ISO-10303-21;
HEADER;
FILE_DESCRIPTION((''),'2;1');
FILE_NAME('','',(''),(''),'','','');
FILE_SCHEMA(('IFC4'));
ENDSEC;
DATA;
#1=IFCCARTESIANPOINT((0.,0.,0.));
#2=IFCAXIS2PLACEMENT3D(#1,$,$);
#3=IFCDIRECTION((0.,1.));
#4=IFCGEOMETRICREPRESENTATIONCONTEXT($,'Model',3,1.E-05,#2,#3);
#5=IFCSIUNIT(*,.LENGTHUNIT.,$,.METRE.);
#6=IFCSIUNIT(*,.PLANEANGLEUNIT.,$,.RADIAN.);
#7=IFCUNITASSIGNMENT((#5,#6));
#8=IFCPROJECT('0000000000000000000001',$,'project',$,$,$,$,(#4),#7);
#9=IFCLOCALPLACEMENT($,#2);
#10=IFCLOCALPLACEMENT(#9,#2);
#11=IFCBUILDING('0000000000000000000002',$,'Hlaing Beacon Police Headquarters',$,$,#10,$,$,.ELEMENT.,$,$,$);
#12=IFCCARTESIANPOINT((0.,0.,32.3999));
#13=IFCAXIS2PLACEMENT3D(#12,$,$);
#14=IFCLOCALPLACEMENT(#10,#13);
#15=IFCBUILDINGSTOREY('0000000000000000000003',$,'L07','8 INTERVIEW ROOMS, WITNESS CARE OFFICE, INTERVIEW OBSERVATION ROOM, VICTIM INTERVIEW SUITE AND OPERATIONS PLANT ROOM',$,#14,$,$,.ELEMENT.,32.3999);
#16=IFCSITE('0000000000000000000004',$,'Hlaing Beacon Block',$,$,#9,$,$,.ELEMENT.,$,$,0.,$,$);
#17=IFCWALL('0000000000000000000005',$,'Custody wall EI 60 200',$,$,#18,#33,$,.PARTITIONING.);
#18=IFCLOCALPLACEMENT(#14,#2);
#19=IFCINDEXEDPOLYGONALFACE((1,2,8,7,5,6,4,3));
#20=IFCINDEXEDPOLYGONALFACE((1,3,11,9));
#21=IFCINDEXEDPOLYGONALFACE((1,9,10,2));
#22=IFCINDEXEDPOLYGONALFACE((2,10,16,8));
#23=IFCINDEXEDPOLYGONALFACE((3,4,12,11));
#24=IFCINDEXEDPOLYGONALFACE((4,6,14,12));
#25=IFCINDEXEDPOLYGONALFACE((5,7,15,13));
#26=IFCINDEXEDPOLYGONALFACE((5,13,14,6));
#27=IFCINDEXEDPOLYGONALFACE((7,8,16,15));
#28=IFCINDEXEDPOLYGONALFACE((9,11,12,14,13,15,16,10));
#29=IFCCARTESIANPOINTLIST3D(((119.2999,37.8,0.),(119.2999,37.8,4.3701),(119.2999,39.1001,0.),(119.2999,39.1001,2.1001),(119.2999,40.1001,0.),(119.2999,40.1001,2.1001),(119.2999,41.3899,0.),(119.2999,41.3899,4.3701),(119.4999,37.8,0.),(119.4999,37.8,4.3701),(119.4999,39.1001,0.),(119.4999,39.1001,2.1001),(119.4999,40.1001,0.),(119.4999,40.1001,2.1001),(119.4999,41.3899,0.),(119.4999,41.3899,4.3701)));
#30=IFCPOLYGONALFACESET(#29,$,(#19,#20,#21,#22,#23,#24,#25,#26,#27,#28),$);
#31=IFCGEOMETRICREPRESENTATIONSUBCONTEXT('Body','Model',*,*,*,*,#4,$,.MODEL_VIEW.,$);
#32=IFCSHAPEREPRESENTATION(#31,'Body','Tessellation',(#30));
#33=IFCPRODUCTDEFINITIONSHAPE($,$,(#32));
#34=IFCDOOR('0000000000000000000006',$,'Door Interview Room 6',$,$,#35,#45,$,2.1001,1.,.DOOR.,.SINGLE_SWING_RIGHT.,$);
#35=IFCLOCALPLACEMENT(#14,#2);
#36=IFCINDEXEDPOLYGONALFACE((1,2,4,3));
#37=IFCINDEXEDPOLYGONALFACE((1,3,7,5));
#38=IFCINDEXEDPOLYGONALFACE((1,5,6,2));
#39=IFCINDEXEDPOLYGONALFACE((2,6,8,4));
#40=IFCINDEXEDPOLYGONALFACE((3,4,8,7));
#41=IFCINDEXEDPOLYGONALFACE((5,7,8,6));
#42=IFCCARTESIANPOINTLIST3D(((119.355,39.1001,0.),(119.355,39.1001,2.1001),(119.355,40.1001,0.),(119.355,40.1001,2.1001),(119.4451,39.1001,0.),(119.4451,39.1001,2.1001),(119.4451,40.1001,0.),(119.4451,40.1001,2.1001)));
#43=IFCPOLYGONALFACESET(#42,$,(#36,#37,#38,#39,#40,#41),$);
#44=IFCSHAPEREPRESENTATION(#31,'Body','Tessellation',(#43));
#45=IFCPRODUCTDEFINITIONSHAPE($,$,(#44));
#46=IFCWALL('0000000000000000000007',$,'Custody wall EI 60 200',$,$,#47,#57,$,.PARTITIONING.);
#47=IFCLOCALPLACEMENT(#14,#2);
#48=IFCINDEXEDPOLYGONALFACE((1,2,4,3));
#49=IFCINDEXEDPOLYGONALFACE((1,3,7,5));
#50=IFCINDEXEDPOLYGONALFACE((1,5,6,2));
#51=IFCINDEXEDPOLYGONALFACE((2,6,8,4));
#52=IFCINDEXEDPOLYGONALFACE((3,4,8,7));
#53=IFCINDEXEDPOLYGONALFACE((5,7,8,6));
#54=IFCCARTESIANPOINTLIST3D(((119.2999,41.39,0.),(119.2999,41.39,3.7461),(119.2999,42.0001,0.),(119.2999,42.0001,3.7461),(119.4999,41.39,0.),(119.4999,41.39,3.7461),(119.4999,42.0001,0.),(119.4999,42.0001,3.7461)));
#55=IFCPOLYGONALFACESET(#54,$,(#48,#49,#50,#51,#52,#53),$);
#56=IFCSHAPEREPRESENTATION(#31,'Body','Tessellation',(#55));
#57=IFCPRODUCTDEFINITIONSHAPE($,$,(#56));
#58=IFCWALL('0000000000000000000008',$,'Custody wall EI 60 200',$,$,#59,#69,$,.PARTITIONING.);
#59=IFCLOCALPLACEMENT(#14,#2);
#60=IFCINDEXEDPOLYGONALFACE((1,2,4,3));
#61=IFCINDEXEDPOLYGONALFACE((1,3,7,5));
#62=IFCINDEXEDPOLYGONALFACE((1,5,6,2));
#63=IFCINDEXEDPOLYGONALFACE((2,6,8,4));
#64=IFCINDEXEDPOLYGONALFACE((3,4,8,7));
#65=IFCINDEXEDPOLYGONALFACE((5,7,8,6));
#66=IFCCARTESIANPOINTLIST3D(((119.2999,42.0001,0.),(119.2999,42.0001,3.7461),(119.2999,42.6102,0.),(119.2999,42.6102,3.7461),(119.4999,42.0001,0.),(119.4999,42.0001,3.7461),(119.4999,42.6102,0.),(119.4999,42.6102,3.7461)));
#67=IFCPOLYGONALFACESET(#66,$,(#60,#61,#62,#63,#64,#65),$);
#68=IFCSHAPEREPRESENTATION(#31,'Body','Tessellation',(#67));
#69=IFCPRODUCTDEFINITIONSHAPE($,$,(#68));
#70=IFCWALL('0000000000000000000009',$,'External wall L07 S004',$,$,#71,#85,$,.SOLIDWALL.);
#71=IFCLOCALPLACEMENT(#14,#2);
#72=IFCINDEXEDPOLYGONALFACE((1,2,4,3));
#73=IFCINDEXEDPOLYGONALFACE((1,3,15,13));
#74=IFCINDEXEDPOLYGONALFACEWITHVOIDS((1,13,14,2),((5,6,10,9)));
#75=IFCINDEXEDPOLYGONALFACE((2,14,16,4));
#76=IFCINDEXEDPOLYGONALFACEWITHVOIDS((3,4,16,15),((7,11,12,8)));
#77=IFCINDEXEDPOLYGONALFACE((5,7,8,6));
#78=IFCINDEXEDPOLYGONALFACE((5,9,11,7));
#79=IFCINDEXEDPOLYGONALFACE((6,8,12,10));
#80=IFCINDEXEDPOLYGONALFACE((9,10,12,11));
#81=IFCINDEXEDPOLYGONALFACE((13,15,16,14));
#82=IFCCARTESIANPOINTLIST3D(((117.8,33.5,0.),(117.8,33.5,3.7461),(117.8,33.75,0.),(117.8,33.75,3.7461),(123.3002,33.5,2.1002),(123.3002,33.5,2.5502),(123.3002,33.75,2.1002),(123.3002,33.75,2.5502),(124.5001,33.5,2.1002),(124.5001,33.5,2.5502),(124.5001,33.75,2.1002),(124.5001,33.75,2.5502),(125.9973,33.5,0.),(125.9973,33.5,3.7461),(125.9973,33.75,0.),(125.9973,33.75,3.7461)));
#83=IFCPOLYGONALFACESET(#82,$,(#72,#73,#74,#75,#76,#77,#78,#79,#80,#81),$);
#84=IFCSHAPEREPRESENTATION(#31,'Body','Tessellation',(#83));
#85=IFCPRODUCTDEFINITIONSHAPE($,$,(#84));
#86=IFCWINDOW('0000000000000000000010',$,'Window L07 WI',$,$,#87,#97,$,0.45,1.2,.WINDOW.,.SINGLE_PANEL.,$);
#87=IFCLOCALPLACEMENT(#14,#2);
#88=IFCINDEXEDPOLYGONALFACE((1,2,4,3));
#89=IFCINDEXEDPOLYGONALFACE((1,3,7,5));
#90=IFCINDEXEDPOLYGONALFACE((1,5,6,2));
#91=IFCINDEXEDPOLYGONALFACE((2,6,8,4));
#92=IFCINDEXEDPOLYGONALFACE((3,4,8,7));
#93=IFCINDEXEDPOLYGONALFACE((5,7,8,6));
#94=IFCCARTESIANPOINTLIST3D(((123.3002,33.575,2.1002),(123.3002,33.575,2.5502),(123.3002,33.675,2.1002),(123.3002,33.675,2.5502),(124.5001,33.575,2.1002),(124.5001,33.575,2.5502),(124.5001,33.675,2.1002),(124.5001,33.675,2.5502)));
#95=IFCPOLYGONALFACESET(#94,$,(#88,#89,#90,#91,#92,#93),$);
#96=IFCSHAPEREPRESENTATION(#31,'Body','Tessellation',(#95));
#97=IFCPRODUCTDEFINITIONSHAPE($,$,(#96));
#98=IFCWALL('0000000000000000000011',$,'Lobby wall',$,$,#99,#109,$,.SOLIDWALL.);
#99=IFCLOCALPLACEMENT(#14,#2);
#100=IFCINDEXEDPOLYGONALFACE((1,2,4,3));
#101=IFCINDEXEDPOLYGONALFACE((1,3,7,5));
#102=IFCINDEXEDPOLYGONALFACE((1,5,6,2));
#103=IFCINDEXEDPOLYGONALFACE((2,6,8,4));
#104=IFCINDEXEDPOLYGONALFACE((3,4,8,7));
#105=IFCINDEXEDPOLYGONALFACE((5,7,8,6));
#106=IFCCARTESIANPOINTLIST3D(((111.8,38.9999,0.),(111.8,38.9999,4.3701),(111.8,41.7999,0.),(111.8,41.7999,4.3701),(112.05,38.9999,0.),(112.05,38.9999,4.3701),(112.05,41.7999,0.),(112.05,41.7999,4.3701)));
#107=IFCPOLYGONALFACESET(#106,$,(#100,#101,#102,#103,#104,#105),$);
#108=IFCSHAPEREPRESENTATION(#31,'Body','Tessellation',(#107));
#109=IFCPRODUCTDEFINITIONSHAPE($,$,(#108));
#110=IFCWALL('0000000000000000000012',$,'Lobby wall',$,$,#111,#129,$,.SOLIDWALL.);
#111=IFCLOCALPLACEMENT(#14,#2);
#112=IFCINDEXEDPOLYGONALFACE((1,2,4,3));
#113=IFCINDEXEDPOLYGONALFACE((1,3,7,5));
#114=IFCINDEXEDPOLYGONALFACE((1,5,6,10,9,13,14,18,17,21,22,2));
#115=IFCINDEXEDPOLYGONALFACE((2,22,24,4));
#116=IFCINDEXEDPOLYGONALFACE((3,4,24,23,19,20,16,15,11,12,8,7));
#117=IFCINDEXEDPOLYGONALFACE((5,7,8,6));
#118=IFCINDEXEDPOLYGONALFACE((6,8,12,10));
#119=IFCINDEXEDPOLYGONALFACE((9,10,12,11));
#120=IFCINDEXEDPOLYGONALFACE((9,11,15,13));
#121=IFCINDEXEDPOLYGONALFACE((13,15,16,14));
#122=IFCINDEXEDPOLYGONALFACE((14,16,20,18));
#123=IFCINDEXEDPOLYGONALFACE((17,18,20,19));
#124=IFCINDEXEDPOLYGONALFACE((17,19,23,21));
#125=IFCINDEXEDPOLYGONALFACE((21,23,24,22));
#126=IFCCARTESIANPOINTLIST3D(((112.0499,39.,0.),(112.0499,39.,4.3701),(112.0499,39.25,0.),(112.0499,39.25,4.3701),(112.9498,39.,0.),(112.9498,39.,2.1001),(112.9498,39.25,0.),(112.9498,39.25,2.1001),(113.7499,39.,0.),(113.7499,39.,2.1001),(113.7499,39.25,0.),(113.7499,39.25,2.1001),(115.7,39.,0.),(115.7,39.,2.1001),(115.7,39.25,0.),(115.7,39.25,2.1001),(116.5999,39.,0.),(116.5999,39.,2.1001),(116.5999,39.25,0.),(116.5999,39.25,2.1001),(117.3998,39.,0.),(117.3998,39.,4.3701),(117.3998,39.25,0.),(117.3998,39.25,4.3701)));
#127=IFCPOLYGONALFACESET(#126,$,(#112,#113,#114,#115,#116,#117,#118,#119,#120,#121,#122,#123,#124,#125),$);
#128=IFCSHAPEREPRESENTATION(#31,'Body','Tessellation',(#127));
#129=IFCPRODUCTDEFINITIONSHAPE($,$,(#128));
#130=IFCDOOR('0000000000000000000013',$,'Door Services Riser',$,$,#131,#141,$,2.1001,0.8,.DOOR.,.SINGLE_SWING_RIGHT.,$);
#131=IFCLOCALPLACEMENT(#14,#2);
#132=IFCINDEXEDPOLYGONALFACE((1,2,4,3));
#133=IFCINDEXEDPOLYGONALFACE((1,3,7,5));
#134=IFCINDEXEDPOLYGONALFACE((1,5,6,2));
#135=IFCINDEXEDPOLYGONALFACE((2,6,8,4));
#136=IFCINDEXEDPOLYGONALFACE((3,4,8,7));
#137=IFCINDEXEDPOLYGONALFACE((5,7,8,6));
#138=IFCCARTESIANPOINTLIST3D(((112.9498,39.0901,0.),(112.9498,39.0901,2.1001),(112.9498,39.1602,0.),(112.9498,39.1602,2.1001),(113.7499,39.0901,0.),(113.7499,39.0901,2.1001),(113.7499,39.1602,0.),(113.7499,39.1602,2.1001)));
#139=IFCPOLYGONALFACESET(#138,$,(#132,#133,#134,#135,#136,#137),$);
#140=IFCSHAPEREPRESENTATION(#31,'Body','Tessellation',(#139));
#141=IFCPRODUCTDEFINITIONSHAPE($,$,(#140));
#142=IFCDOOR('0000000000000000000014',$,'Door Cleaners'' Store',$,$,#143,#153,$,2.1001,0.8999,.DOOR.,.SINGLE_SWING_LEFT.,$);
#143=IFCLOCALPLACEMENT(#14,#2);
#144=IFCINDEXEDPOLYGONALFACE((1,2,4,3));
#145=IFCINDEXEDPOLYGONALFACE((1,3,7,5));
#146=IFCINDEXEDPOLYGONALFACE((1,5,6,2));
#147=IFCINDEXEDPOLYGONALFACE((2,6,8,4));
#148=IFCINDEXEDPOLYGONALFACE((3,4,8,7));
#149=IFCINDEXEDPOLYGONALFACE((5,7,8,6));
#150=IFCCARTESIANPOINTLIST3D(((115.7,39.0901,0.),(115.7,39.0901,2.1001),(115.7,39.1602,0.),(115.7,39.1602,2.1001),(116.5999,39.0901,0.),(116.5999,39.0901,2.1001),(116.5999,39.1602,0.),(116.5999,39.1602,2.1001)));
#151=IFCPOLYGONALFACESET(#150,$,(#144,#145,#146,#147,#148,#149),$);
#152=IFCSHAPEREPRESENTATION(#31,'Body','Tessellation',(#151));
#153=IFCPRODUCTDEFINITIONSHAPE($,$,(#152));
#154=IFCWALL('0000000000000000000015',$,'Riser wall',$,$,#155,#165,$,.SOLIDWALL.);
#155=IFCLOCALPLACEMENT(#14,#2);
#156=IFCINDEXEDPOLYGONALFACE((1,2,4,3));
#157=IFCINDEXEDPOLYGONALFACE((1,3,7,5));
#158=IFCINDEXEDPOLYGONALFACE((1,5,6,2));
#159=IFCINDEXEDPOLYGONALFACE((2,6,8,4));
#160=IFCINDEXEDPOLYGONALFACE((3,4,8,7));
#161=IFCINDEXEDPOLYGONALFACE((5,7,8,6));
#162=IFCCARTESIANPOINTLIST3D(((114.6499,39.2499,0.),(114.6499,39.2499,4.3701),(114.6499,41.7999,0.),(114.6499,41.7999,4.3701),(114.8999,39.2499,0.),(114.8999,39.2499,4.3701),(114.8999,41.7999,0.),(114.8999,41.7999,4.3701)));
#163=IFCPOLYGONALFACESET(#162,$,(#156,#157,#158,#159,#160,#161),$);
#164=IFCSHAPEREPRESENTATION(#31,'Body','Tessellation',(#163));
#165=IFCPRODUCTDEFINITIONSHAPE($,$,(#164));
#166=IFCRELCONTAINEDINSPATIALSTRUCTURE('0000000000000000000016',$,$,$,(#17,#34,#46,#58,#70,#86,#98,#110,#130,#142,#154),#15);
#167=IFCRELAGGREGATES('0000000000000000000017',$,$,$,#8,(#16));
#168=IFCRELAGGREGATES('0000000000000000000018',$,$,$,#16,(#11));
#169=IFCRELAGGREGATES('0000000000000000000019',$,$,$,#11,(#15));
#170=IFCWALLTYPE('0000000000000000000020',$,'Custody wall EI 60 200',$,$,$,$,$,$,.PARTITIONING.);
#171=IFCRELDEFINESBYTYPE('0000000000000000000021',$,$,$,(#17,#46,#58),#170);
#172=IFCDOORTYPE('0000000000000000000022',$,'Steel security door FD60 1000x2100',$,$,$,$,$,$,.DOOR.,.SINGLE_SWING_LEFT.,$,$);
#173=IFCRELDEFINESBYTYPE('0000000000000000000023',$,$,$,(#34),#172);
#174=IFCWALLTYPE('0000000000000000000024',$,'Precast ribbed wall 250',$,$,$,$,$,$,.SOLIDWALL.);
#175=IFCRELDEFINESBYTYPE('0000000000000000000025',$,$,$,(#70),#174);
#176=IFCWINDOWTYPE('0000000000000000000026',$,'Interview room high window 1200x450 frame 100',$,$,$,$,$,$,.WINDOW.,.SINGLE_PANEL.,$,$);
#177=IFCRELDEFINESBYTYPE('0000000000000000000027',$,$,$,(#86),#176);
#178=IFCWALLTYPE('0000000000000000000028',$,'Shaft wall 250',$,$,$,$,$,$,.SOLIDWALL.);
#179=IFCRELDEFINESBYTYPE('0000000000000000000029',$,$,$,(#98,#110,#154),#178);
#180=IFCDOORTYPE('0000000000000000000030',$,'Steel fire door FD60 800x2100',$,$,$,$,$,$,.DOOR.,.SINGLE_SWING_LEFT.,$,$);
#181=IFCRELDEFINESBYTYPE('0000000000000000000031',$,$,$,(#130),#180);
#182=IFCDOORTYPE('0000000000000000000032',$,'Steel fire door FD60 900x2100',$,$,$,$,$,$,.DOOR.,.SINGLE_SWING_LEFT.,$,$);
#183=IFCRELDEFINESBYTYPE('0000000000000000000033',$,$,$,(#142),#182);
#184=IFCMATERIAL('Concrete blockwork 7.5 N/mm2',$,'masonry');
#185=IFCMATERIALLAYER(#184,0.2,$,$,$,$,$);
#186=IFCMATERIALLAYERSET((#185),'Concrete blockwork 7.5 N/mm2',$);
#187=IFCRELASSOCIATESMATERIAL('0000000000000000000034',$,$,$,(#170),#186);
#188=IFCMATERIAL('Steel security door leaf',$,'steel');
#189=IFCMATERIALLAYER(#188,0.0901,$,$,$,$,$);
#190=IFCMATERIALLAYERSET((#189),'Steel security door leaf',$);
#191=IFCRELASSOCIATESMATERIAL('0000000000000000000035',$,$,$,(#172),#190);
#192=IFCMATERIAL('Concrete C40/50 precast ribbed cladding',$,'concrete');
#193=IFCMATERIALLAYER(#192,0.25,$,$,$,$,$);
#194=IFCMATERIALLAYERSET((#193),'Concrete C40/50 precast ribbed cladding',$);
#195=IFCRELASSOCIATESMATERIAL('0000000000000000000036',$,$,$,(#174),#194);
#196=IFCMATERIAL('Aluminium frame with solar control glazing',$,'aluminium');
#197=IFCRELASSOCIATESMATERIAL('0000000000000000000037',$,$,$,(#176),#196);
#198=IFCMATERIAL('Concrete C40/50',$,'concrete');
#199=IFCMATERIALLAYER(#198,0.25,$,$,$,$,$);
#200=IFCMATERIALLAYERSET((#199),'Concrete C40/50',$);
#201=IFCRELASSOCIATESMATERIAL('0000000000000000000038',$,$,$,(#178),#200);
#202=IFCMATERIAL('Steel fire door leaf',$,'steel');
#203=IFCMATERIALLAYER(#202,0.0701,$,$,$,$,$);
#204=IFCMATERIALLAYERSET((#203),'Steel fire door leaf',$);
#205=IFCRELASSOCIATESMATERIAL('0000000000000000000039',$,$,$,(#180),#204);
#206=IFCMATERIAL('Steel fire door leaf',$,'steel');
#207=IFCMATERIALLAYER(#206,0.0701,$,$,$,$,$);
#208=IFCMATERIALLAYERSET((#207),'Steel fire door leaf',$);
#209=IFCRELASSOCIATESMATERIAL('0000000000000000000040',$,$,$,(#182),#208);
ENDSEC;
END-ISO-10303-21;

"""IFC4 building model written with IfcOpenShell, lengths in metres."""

from ifc_helpers import new_model, si_unit, direction, frame, frame_2d, origin, place, context, subcontext, project, spatial, rectangle, extrude, material, layer, layer_set, type_object, element, fill, save


model = new_model("IFC4")

# Units and contexts
model_context = context("Model", 3, precision=1e-05, world=origin(), true_north=direction((0.0, 1.0)))
body_context = subcontext(model_context, "Body", "Model", "MODEL_VIEW")
ifc_project = project(units=[si_unit("LENGTHUNIT", "METRE"), si_unit("PLANEANGLEUNIT", "RADIAN")], contexts=[model_context])

# Site, building, storey
site_placement = place(None, origin())
site = spatial("IfcSite", under=ifc_project, at=site_placement, Name="Hlaing Beacon Block", CompositionType="ELEMENT", RefElevation=0.0)
building_placement = place(site_placement, origin())
building = spatial("IfcBuilding", under=site, at=building_placement, Name="Hlaing Beacon Police Headquarters", CompositionType="ELEMENT")
storey_placement = place(building_placement, frame((0.0, 0.0, 32.3999)))
storey = spatial("IfcBuildingStorey", under=building, at=storey_placement, Name="L07", Description="8 INTERVIEW ROOMS, WITNESS CARE OFFICE, INTERVIEW OBSERVATION ROOM, VICTIM INTERVIEW SUITE AND OPERATIONS PLANT ROOM", CompositionType="ELEMENT", Elevation=32.3999)

# Wall, opening, door
ifc_material_1 = material(Name="Concrete blockwork 7.5 N/mm2", Category="masonry")
ifc_layer_1 = layer(ifc_material_1, 0.2)
ifc_layer_set_1 = layer_set([ifc_layer_1], Name="Concrete blockwork 7.5 N/mm2")
wall_type_1 = type_object("IfcWallType", Name="Custody wall EI 60 200", PredefinedType="PARTITIONING", material=ifc_layer_set_1)
ifc_material_2 = material(Name="Steel security door leaf", Category="steel")
ifc_layer_2 = layer(ifc_material_2, 0.0901)
ifc_layer_set_2 = layer_set([ifc_layer_2], Name="Steel security door leaf")
door_type_1 = type_object("IfcDoorType", Name="Steel security door FD60 1000x2100", OperationType="SINGLE_SWING_LEFT", PredefinedType="DOOR", material=ifc_layer_set_2)
wall_1_placement = place(storey_placement, frame((119.3999, 37.8, 0.0), z_axis=(0.0, 0.0, 1.0), x_axis=(0.0, 1.0, 0.0)))
wall_1 = element("IfcWall", 1, at=wall_1_placement, inside=storey, type_object=wall_type_1, Name="Custody wall EI 60 200", PredefinedType="PARTITIONING", context=body_context, shape_type="SweptSolid", body=[
    extrude(rectangle(XDim=3.5898, YDim=0.2, at=frame_2d((1.7949, 0.0))), origin(), (0.0, 0.0, 1.0), 4.3701),
])
opening_1_placement = place(wall_1_placement, frame((1.3, 0.0, 0.0)))
opening_1 = element("IfcOpeningElement", 2, at=opening_1_placement, cuts=wall_1, PredefinedType="OPENING", context=body_context, shape_type="SweptSolid", body=[
    extrude(rectangle(XDim=1.0, YDim=2.1001, at=frame_2d((0.5, 1.05))), frame((0.0, 0.1099, 0.0), z_axis=(0.0, -1.0, 0.0), x_axis=(1.0, 0.0, 0.0)), (0.0, 0.0, 1.0), 0.22),
])
door_1_placement = place(opening_1_placement, frame((1.0, 0.0, 0.0), z_axis=(0.0, 0.0, 1.0), x_axis=(-1.0, 0.0, 0.0)))
door_1 = element("IfcDoor", 3, at=door_1_placement, inside=storey, type_object=door_type_1, Name="Door Interview Room 6", OperationType="SINGLE_SWING_RIGHT", OverallHeight=2.1001, OverallWidth=1.0, PredefinedType="DOOR", context=body_context, shape_type="SweptSolid", body=[
    extrude(rectangle(XDim=1.0, YDim=2.1001, at=frame_2d((0.5, 1.05))), frame((0.0, 0.0452, 0.0), z_axis=(0.0, -1.0, 0.0), x_axis=(1.0, 0.0, 0.0)), (0.0, 0.0, 1.0), 0.0901),
])
fill(opening_1, door_1)

# Walls
for number, where, z_axis, x_axis, name in (
    (4, (119.3999, 41.3899, 0.0), (0.0, 0.0, 1.0), (0.0, 1.0, 0.0), "Custody wall EI 60 200"),
    (5, (119.3999, 42.0, 0.0), (0.0, 0.0, 1.0), (0.0, 1.0, 0.0), "Custody wall EI 60 200"),
):
    element("IfcWall", number, at=place(storey_placement, frame(where, z_axis=z_axis, x_axis=x_axis)), inside=storey, type_object=wall_type_1, Name=name, PredefinedType="PARTITIONING", context=body_context, shape_type="SweptSolid", body=[
        extrude(rectangle(XDim=0.6101, YDim=0.2, at=frame_2d((0.3052, 0.0))), origin(), (0.0, 0.0, 1.0), 3.7461),
    ])

# Wall, opening, window
ifc_material_3 = material(Name="Concrete C40/50 precast ribbed cladding", Category="concrete")
ifc_layer_3 = layer(ifc_material_3, 0.25)
ifc_layer_set_3 = layer_set([ifc_layer_3], Name="Concrete C40/50 precast ribbed cladding")
wall_type_2 = type_object("IfcWallType", Name="Precast ribbed wall 250", PredefinedType="SOLIDWALL", material=ifc_layer_set_3)
wall_2_placement = place(storey_placement, frame((117.8, 33.625, 0.0), z_axis=(0.0, 0.0, 1.0), x_axis=(1.0, 0.0, 0.0)))
wall_2 = element("IfcWall", 6, at=wall_2_placement, inside=storey, type_object=wall_type_2, Name="External wall L07 S004", PredefinedType="SOLIDWALL", context=body_context, shape_type="SweptSolid", body=[
    extrude(rectangle(XDim=8.1973, YDim=0.25, at=frame_2d((4.0986, 0.0))), origin(), (0.0, 0.0, 1.0), 3.7461),
])
opening_2_placement = place(wall_2_placement, frame((5.5, 0.0, 2.1001)))
opening_2 = element("IfcOpeningElement", 7, at=opening_2_placement, cuts=wall_2, PredefinedType="OPENING", context=body_context, shape_type="SweptSolid", body=[
    extrude(rectangle(XDim=1.2, YDim=0.45, at=frame_2d((0.6001, 0.2251))), frame((0.0, 0.135, 0.0), z_axis=(0.0, -1.0, 0.0), x_axis=(1.0, 0.0, 0.0)), (0.0, 0.0, 1.0), 0.27),
])
ifc_material_4 = material(Name="Aluminium frame with solar control glazing", Category="aluminium")
window_type = type_object("IfcWindowType", Name="Interview room high window 1200x450 frame 100", PartitioningType="SINGLE_PANEL", PredefinedType="WINDOW", material=ifc_material_4)
window_placement = place(opening_2_placement, origin())
window = element("IfcWindow", 8, at=window_placement, inside=storey, type_object=window_type, Name="Window L07 WI", OverallHeight=0.45, OverallWidth=1.2, PartitioningType="SINGLE_PANEL", PredefinedType="WINDOW", context=body_context, shape_type="SweptSolid", body=[
    extrude(rectangle(XDim=1.2, YDim=0.45, at=frame_2d((0.6001, 0.2251))), frame((0.0, 0.05, 0.0), z_axis=(0.0, -1.0, 0.0), x_axis=(1.0, 0.0, 0.0)), (0.0, 0.0, 1.0), 0.1001),
])
fill(opening_2, window)

# Wall
ifc_material_5 = material(Name="Concrete C40/50", Category="concrete")
ifc_layer_4 = layer(ifc_material_5, 0.25)
ifc_layer_set_4 = layer_set([ifc_layer_4], Name="Concrete C40/50")
wall_type_3 = type_object("IfcWallType", Name="Shaft wall 250", PredefinedType="SOLIDWALL", material=ifc_layer_set_4)
wall_3_placement = place(storey_placement, frame((111.925, 39.0, 0.0), z_axis=(0.0, 0.0, 1.0), x_axis=(0.0, 1.0, 0.0)))
element("IfcWall", 9, at=wall_3_placement, inside=storey, type_object=wall_type_3, Name="Lobby wall", PredefinedType="SOLIDWALL", context=body_context, shape_type="SweptSolid", body=[
    extrude(rectangle(XDim=2.8, YDim=0.25, at=frame_2d((1.3999, 0.0))), origin(), (0.0, 0.0, 1.0), 4.3701),
])

# Wall, openings, doors
wall_4_placement = place(storey_placement, frame((112.05, 39.125, 0.0), z_axis=(0.0, 0.0, 1.0), x_axis=(1.0, 0.0, 0.0)))
wall_4 = element("IfcWall", 10, at=wall_4_placement, inside=storey, type_object=wall_type_3, Name="Lobby wall", PredefinedType="SOLIDWALL", context=body_context, shape_type="SweptSolid", body=[
    extrude(rectangle(XDim=5.3499, YDim=0.25, at=frame_2d((2.6748, 0.0))), origin(), (0.0, 0.0, 1.0), 4.3701),
])
opening_3_placement = place(wall_4_placement, frame((3.6499, 0.0, 0.0)))
opening_3 = element("IfcOpeningElement", 11, at=opening_3_placement, cuts=wall_4, PredefinedType="OPENING", context=body_context, shape_type="SweptSolid", body=[
    extrude(rectangle(XDim=0.8999, YDim=2.1001, at=frame_2d((0.45, 1.05))), frame((0.0, 0.135, 0.0), z_axis=(0.0, -1.0, 0.0), x_axis=(1.0, 0.0, 0.0)), (0.0, 0.0, 1.0), 0.27),
])
opening_4_placement = place(wall_4_placement, frame((0.8999, 0.0, 0.0)))
opening_4 = element("IfcOpeningElement", 12, at=opening_4_placement, cuts=wall_4, PredefinedType="OPENING", context=body_context, shape_type="SweptSolid", body=[
    extrude(rectangle(XDim=0.8, YDim=2.1001, at=frame_2d((0.3999, 1.05))), frame((0.0, 0.135, 0.0), z_axis=(0.0, -1.0, 0.0), x_axis=(1.0, 0.0, 0.0)), (0.0, 0.0, 1.0), 0.27),
])
ifc_material_6 = material(Name="Steel fire door leaf", Category="steel")
ifc_layer_5 = layer(ifc_material_6, 0.0701)
ifc_layer_set_5 = layer_set([ifc_layer_5], Name="Steel fire door leaf")
door_type_2 = type_object("IfcDoorType", Name="Steel fire door FD60 800x2100", OperationType="SINGLE_SWING_LEFT", PredefinedType="DOOR", material=ifc_layer_set_5)
door_2_placement = place(opening_4_placement, origin())
door_2 = element("IfcDoor", 13, at=door_2_placement, inside=storey, type_object=door_type_2, Name="Door Services Riser", OperationType="SINGLE_SWING_RIGHT", OverallHeight=2.1001, OverallWidth=0.8, PredefinedType="DOOR", context=body_context, shape_type="SweptSolid", body=[
    extrude(rectangle(XDim=0.8, YDim=2.1001, at=frame_2d((0.3999, 1.05))), frame((0.0, 0.0352, 0.0), z_axis=(0.0, -1.0, 0.0), x_axis=(1.0, 0.0, 0.0)), (0.0, 0.0, 1.0), 0.0701),
])
fill(opening_4, door_2)
ifc_material_7 = material(Name="Steel fire door leaf", Category="steel")
ifc_layer_6 = layer(ifc_material_7, 0.0701)
ifc_layer_set_6 = layer_set([ifc_layer_6], Name="Steel fire door leaf")
door_type_3 = type_object("IfcDoorType", Name="Steel fire door FD60 900x2100", OperationType="SINGLE_SWING_LEFT", PredefinedType="DOOR", material=ifc_layer_set_6)
door_3_placement = place(opening_3_placement, origin())
door_3 = element("IfcDoor", 14, at=door_3_placement, inside=storey, type_object=door_type_3, Name="Door Cleaners' Store", OperationType="SINGLE_SWING_LEFT", OverallHeight=2.1001, OverallWidth=0.8999, PredefinedType="DOOR", context=body_context, shape_type="SweptSolid", body=[
    extrude(rectangle(XDim=0.8999, YDim=2.1001, at=frame_2d((0.45, 1.05))), frame((0.0, 0.0352, 0.0), z_axis=(0.0, -1.0, 0.0), x_axis=(1.0, 0.0, 0.0)), (0.0, 0.0, 1.0), 0.0701),
])
fill(opening_3, door_3)

# Wall
wall_5_placement = place(storey_placement, frame((114.7749, 39.25, 0.0), z_axis=(0.0, 0.0, 1.0), x_axis=(0.0, 1.0, 0.0)))
element("IfcWall", 15, at=wall_5_placement, inside=storey, type_object=wall_type_3, Name="Riser wall", PredefinedType="SOLIDWALL", context=body_context, shape_type="SweptSolid", body=[
    extrude(rectangle(XDim=2.55, YDim=0.25, at=frame_2d((1.2749, 0.0))), origin(), (0.0, 0.0, 1.0), 4.3701),
])

save(model, "model.ifc")
